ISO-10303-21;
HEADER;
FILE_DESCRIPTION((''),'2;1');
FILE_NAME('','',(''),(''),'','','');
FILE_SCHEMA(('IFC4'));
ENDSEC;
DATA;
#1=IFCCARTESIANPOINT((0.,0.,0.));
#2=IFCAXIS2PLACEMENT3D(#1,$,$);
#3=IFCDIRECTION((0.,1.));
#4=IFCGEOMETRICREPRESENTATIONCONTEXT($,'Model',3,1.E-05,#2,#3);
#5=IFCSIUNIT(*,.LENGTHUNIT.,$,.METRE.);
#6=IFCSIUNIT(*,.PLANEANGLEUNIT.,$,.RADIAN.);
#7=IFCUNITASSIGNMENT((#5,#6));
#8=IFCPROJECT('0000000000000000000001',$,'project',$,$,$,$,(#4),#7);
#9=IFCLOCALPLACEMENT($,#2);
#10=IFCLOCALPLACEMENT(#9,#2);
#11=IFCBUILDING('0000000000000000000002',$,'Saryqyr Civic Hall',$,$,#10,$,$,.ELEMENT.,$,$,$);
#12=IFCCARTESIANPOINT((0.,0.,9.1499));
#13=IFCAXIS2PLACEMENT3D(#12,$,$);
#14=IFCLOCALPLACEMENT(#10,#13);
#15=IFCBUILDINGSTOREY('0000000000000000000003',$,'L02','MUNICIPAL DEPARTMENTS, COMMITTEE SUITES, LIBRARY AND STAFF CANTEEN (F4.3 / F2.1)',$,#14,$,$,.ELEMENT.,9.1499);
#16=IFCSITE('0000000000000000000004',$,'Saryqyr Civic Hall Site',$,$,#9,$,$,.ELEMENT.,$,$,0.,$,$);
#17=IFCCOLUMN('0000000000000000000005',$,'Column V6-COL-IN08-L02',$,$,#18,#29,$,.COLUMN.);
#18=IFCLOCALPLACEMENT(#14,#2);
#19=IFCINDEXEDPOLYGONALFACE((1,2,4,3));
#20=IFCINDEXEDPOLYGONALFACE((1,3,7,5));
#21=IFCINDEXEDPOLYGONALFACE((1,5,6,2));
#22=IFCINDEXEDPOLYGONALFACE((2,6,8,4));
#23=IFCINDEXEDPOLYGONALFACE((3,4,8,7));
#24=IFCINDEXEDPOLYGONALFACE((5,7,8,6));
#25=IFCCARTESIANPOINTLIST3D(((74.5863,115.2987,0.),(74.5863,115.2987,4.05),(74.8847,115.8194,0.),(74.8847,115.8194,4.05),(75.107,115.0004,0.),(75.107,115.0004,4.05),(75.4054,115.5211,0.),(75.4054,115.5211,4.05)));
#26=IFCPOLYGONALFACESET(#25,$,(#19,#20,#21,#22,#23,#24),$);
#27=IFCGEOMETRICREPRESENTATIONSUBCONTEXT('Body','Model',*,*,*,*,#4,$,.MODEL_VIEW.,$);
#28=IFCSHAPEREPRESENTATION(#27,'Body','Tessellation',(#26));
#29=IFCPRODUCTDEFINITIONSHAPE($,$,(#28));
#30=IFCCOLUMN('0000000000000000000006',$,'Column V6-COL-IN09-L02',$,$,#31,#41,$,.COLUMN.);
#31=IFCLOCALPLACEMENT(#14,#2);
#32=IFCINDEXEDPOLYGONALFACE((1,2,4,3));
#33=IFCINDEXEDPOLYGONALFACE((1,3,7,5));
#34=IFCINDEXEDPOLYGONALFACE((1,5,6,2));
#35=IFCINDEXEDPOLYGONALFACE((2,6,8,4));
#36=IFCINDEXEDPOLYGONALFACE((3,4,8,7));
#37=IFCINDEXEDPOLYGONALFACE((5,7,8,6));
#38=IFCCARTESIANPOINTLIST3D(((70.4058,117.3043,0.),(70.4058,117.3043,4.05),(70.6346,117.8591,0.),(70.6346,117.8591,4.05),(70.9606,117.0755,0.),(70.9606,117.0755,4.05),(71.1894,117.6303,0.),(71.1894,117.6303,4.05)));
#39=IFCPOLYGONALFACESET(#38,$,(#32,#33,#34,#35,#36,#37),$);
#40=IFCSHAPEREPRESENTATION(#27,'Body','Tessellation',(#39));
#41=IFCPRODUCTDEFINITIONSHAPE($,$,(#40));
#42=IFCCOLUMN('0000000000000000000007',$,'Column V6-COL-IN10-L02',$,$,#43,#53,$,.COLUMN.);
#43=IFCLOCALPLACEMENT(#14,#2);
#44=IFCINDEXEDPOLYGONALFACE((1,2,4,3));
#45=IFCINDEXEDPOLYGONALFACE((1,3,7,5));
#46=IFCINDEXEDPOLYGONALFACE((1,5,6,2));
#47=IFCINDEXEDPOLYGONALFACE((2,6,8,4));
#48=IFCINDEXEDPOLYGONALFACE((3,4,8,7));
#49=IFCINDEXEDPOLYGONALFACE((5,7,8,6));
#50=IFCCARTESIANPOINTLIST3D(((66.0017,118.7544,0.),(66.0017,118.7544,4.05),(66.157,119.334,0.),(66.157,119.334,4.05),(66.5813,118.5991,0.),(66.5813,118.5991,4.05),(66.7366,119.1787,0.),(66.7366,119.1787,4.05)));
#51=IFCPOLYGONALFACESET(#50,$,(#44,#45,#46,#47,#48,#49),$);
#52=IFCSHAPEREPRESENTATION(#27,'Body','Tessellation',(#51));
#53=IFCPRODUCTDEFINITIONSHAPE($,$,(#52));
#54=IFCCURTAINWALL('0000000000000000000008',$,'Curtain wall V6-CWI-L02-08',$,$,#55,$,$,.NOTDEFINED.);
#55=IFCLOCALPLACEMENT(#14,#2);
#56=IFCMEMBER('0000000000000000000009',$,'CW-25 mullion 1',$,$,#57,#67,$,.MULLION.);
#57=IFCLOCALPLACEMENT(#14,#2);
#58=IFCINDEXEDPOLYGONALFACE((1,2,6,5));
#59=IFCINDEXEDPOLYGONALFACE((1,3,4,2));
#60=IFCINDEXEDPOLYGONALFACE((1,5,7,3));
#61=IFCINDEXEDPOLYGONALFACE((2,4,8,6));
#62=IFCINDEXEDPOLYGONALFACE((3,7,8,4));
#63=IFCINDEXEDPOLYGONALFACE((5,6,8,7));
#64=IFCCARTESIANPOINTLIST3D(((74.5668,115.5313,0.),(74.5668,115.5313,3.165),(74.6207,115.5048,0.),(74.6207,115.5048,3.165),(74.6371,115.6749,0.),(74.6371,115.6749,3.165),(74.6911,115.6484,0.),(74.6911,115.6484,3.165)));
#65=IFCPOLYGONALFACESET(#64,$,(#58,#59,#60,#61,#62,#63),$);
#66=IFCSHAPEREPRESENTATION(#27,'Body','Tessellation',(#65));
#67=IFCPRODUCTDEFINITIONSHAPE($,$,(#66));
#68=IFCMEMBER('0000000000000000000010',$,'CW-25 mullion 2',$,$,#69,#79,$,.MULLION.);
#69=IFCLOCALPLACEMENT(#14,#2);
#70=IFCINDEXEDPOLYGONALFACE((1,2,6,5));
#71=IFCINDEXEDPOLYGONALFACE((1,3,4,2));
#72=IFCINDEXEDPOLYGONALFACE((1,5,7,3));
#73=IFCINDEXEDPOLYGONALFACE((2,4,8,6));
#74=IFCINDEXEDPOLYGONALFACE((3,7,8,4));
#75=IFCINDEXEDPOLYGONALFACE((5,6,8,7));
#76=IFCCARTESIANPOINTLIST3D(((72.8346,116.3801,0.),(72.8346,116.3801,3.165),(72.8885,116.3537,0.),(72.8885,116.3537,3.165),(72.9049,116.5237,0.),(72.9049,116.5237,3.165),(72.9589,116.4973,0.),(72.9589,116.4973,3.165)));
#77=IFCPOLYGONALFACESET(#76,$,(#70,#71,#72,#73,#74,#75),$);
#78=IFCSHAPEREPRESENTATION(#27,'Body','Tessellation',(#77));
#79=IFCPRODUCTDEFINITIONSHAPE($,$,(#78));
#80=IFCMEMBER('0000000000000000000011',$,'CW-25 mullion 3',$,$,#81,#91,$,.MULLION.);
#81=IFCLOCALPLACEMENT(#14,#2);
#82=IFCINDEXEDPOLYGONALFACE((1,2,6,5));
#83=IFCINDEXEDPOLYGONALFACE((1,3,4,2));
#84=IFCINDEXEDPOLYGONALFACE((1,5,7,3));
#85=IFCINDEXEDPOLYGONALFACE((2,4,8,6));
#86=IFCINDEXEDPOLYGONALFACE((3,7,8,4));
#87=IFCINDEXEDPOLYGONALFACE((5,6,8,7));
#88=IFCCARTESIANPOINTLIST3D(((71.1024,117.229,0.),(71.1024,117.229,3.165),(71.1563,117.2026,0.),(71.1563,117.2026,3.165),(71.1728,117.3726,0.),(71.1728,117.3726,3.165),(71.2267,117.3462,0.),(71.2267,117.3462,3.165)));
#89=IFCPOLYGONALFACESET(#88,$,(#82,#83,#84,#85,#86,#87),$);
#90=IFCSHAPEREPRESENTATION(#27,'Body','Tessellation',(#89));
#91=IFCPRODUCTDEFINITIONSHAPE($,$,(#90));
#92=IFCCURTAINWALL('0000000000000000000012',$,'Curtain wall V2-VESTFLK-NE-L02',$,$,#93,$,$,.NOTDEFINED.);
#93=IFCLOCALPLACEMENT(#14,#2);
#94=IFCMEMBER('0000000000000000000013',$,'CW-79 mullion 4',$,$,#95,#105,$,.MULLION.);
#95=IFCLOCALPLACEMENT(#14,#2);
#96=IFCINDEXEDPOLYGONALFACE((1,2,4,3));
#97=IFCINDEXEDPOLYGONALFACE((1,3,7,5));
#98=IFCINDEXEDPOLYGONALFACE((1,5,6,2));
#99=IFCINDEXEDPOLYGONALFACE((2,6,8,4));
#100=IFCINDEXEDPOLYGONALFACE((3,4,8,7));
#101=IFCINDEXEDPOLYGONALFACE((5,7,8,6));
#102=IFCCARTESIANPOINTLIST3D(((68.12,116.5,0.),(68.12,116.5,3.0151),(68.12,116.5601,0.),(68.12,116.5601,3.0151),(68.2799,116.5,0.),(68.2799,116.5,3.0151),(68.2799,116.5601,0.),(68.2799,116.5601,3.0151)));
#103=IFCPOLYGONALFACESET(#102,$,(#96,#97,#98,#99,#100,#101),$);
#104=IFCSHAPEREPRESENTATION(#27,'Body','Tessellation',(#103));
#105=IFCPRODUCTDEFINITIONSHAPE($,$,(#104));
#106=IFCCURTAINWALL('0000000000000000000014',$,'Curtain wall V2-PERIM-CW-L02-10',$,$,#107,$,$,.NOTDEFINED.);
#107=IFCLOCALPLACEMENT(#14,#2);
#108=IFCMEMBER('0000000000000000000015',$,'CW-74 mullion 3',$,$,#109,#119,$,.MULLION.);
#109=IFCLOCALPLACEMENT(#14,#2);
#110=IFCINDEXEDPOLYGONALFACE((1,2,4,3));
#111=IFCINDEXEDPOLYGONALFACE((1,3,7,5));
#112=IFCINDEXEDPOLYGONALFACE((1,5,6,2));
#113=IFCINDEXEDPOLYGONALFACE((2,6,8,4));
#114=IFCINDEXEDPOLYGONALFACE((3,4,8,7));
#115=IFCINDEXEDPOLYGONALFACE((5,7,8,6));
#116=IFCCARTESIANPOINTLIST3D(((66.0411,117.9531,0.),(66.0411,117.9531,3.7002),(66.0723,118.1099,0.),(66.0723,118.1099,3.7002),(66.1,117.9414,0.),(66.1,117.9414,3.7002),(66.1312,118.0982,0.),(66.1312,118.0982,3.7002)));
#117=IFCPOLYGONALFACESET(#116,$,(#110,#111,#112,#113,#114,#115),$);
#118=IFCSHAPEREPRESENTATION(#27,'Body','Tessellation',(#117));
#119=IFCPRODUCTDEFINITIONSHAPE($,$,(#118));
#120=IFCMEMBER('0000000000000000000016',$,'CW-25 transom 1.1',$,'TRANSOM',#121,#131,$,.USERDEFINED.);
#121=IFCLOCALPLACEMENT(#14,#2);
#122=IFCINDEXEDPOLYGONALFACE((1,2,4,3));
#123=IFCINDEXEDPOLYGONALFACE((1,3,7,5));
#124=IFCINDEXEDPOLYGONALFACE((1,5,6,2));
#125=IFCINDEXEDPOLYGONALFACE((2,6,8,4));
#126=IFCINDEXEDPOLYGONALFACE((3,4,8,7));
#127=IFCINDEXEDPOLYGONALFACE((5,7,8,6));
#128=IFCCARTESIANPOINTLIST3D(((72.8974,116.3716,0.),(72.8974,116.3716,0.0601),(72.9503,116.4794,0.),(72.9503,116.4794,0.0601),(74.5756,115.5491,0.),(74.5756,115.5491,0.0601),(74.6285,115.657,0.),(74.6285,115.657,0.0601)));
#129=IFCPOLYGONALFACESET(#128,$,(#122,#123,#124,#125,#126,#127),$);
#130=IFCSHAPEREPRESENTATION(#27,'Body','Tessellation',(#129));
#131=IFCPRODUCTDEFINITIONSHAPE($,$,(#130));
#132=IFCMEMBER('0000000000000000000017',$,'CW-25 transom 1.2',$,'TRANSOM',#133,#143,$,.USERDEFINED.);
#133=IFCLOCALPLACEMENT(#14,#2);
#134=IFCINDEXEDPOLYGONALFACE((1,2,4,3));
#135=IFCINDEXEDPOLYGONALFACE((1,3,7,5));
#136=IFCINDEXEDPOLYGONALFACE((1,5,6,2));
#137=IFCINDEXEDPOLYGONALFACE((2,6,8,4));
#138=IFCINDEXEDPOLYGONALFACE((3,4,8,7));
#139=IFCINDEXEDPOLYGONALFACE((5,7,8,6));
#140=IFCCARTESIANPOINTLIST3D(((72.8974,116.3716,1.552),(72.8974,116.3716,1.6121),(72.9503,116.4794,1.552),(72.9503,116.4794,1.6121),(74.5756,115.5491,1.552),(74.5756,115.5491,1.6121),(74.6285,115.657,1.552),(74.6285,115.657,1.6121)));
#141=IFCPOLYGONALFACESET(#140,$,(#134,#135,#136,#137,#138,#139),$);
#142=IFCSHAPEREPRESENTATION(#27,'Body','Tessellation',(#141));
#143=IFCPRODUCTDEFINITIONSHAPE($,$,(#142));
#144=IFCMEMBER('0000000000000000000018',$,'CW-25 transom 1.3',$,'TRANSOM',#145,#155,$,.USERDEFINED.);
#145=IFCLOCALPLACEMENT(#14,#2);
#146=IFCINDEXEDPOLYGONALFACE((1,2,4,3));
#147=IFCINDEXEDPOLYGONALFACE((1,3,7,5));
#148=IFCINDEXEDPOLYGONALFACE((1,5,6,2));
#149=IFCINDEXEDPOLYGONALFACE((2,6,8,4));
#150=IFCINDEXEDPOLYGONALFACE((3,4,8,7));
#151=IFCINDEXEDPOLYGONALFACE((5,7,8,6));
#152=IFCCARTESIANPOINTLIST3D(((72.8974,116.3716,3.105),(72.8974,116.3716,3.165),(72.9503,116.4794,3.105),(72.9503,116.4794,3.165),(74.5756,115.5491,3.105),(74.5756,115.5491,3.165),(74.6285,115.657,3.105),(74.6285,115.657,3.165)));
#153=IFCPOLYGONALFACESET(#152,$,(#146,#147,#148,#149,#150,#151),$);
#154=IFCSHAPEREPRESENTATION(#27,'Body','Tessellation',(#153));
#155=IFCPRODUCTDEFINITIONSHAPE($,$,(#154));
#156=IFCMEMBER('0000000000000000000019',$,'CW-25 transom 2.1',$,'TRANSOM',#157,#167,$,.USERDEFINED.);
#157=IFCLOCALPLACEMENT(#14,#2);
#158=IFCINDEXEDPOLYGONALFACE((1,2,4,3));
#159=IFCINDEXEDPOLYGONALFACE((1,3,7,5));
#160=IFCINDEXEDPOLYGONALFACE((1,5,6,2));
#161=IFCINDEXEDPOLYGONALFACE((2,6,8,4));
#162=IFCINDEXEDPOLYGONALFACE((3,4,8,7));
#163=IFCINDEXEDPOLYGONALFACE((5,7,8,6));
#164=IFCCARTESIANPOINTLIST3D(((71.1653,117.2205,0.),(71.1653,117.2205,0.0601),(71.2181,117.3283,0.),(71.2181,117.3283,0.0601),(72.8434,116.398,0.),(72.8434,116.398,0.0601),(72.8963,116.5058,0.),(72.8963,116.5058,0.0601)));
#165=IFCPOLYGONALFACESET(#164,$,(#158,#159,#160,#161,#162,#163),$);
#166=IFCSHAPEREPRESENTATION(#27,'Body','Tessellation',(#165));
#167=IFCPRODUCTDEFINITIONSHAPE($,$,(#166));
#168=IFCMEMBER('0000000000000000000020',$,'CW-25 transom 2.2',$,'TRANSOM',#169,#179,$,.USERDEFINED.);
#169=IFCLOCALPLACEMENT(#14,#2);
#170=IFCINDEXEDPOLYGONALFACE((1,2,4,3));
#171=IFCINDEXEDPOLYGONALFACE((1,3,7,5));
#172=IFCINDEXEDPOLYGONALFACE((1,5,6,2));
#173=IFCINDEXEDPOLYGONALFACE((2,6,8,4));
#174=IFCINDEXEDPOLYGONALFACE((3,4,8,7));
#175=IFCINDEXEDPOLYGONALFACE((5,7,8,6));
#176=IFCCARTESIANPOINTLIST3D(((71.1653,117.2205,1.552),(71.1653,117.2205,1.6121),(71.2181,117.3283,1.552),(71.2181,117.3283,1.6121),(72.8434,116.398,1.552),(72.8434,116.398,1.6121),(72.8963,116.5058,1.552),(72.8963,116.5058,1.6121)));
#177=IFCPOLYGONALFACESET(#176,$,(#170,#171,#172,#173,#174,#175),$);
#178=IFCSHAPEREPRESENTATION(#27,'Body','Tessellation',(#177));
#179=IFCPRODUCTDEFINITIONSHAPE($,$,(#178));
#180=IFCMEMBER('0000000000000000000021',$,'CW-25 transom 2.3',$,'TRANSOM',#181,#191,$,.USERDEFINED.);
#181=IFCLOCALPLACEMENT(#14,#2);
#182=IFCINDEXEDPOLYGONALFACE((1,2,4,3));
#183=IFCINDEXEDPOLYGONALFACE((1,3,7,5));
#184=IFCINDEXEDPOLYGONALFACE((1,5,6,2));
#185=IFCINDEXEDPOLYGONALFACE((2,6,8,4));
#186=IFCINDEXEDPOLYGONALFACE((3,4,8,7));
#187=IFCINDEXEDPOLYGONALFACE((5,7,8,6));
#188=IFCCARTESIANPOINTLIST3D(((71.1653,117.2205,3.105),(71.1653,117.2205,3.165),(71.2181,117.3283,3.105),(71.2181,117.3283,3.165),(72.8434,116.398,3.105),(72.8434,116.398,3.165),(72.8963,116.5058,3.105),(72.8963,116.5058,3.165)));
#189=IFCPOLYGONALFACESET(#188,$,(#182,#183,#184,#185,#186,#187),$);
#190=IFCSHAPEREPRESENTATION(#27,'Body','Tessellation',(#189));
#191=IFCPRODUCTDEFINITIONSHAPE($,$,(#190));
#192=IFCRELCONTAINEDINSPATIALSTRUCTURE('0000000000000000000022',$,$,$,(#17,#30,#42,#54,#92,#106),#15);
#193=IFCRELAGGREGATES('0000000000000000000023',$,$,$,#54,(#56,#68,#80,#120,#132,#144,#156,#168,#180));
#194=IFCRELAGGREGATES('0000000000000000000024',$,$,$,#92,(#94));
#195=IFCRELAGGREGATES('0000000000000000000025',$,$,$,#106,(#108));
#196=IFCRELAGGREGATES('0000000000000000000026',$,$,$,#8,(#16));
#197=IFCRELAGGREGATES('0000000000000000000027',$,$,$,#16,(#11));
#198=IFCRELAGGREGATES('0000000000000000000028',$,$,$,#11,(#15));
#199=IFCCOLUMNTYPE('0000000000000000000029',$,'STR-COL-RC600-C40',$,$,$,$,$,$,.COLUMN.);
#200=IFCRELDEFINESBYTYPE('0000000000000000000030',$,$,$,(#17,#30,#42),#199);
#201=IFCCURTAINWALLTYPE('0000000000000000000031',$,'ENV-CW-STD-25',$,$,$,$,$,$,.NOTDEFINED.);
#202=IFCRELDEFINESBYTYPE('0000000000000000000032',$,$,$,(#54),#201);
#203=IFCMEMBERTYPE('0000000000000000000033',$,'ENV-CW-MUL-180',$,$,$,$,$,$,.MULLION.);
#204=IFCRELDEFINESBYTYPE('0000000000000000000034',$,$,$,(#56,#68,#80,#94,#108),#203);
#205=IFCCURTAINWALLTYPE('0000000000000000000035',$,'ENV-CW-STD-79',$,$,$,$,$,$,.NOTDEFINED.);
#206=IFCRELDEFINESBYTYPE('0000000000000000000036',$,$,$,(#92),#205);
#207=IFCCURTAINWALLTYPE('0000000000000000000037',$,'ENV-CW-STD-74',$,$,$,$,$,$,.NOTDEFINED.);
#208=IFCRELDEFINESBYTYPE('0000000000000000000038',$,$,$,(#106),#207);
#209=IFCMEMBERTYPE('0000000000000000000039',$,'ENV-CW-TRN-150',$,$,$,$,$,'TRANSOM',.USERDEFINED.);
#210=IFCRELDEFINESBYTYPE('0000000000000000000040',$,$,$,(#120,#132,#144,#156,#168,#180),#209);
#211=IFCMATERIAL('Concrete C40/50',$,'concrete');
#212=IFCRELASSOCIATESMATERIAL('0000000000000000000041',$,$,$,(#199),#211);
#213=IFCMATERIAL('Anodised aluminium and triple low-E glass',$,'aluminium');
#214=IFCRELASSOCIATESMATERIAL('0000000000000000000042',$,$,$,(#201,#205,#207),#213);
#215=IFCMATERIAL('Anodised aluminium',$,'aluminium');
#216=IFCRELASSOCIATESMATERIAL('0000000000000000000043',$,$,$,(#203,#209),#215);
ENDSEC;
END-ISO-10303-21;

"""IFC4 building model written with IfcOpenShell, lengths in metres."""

from ifc_helpers import new_model, si_unit, direction, frame, origin, origin_2d, place, context, subcontext, project, spatial, rectangle, extrude, material, material_profile, profile_set, type_object, element, aggregate, save


model = new_model("IFC4")

# Units and contexts
model_context = context("Model", 3, precision=1e-05, world=origin(), true_north=direction((0.0, 1.0)))
body_context = subcontext(model_context, "Body", "Model", "MODEL_VIEW")
ifc_project = project(units=[si_unit("LENGTHUNIT", "METRE"), si_unit("PLANEANGLEUNIT", "RADIAN")], contexts=[model_context])

# Site, building, storey
site_placement = place(None, origin())
site = spatial("IfcSite", under=ifc_project, at=site_placement, Name="Saryqyr Civic Hall Site", CompositionType="ELEMENT", RefElevation=0.0)
building_placement = place(site_placement, origin())
building = spatial("IfcBuilding", under=site, at=building_placement, Name="Saryqyr Civic Hall", CompositionType="ELEMENT")
storey_placement = place(building_placement, frame((0.0, 0.0, 9.1499)))
storey = spatial("IfcBuildingStorey", under=building, at=storey_placement, Name="L02", Description="MUNICIPAL DEPARTMENTS, COMMITTEE SUITES, LIBRARY AND STAFF CANTEEN (F4.3 / F2.1)", CompositionType="ELEMENT", Elevation=9.1499)

# Columns
ifc_material_1 = material(Name="Concrete C40/50", Category="concrete")
ifc_material_profile_1 = material_profile(ifc_material_1, rectangle(XDim=0.6001, YDim=0.6001, at=origin_2d()), Name="RC 600x600")
ifc_profile_set_1 = profile_set([ifc_material_profile_1], Name="Concrete C40/50")
column_type = type_object("IfcColumnType", Name="STR-COL-RC600-C40", PredefinedType="COLUMN", material=ifc_profile_set_1)
for number, where, z_axis, x_axis, name in (
    (1, (74.9958, 115.4099, 0.0), (0.0, 0.0, 1.0), (0.497125, 0.867679, 0.0), "Column V6-COL-IN08-L02"),
    (2, (70.7976, 117.4673, 0.0), (0.0, 0.0, 1.0), (0.381232, 0.92448, 0.0), "Column V6-COL-IN09-L02"),
    (3, (66.3691, 118.9666, 0.0), (0.0, 0.0, 1.0), (0.258819, 0.965926, 0.0), "Column V6-COL-IN10-L02"),
):
    element("IfcColumn", number, at=place(storey_placement, frame(where, z_axis=z_axis, x_axis=x_axis)), inside=storey, type_object=column_type, Name=name, PredefinedType="COLUMN", context=body_context, shape_type="SweptSolid", body=[
        extrude(rectangle(XDim=0.6001, YDim=0.6001, at=origin_2d()), origin(), (0.0, 0.0, 1.0), 4.05),
    ])

# Curtain wall, members
ifc_material_2 = material(Name="Anodised aluminium and triple low-E glass", Category="aluminium")
curtain_wall_type_1 = type_object("IfcCurtainWallType", Name="ENV-CW-STD-25", PredefinedType="NOTDEFINED", material=ifc_material_2)
curtain_wall_1_placement = place(storey_placement, origin())
curtain_wall_1 = element("IfcCurtainWall", 4, at=curtain_wall_1_placement, inside=storey, type_object=curtain_wall_type_1, Name="Curtain wall V6-CWI-L02-08", PredefinedType="NOTDEFINED")
ifc_material_3 = material(Name="Anodised aluminium", Category="aluminium")
ifc_material_profile_2 = material_profile(ifc_material_3, rectangle(XDim=0.0601, YDim=0.1599, at=origin_2d()), Name="ALU MULLION 60x160")
ifc_profile_set_2 = profile_set([ifc_material_profile_2], Name="Anodised aluminium")
member_type_1 = type_object("IfcMemberType", Name="ENV-CW-MUL-180", PredefinedType="MULLION", material=ifc_profile_set_2)
member_1_placement = place(storey_placement, frame((74.6289, 115.5898, 0.0), z_axis=(0.0, 0.0, 1.0), x_axis=(-0.897962, 0.440073, 0.0)))
member_1 = element("IfcMember", 5, at=member_1_placement, type_object=member_type_1, Name="CW-25 mullion 1", PredefinedType="MULLION", context=body_context, shape_type="SweptSolid", body=[
    extrude(rectangle(XDim=0.0601, YDim=0.1599, at=origin_2d()), origin(), (0.0, 0.0, 1.0), 3.165),
])
member_2_placement = place(storey_placement, frame((72.8967, 116.4387, 0.0), z_axis=(0.0, 0.0, 1.0), x_axis=(-0.897962, 0.440073, 0.0)))
member_2 = element("IfcMember", 6, at=member_2_placement, type_object=member_type_1, Name="CW-25 mullion 2", PredefinedType="MULLION", context=body_context, shape_type="SweptSolid", body=[
    extrude(rectangle(XDim=0.0601, YDim=0.1599, at=origin_2d()), origin(), (0.0, 0.0, 1.0), 3.165),
])
member_3_placement = place(storey_placement, frame((71.1646, 117.2876, 0.0), z_axis=(0.0, 0.0, 1.0), x_axis=(-0.897962, 0.440073, 0.0)))
member_3 = element("IfcMember", 7, at=member_3_placement, type_object=member_type_1, Name="CW-25 mullion 3", PredefinedType="MULLION", context=body_context, shape_type="SweptSolid", body=[
    extrude(rectangle(XDim=0.0601, YDim=0.1599, at=origin_2d()), origin(), (0.0, 0.0, 1.0), 3.165),
])

# Curtain walls, members
curtain_wall_type_2 = type_object("IfcCurtainWallType", Name="ENV-CW-STD-79", PredefinedType="NOTDEFINED", material=ifc_material_2)
curtain_wall_2_placement = place(storey_placement, origin())
curtain_wall_2 = element("IfcCurtainWall", 8, at=curtain_wall_2_placement, inside=storey, type_object=curtain_wall_type_2, Name="Curtain wall V2-VESTFLK-NE-L02", PredefinedType="NOTDEFINED")
member_4_placement = place(storey_placement, frame((68.2, 116.53, 0.0), z_axis=(0.0, 0.0, 1.0), x_axis=(0.0, -1.0, 0.0)))
member_4 = element("IfcMember", 9, at=member_4_placement, type_object=member_type_1, Name="CW-79 mullion 4", PredefinedType="MULLION", context=body_context, shape_type="SweptSolid", body=[
    extrude(rectangle(XDim=0.0601, YDim=0.1599, at=origin_2d()), origin(), (0.0, 0.0, 1.0), 3.0151),
])
curtain_wall_type_3 = type_object("IfcCurtainWallType", Name="ENV-CW-STD-74", PredefinedType="NOTDEFINED", material=ifc_material_2)
curtain_wall_3_placement = place(storey_placement, origin())
curtain_wall_3 = element("IfcCurtainWall", 10, at=curtain_wall_3_placement, inside=storey, type_object=curtain_wall_type_3, Name="Curtain wall V2-PERIM-CW-L02-10", PredefinedType="NOTDEFINED")
member_5_placement = place(storey_placement, frame((66.0862, 118.0256, 0.0), z_axis=(0.0, 0.0, 1.0), x_axis=(0.980785, -0.195093, 0.0)))
member_5 = element("IfcMember", 11, at=member_5_placement, type_object=member_type_1, Name="CW-74 mullion 3", PredefinedType="MULLION", context=body_context, shape_type="SweptSolid", body=[
    extrude(rectangle(XDim=0.0601, YDim=0.1599, at=origin_2d()), origin(), (0.0, 0.0, 1.0), 3.7002),
])

# Members
ifc_material_profile_3 = material_profile(ifc_material_3, rectangle(XDim=0.1201, YDim=0.0601, at=origin_2d()), Name="ALU TRANSOM 120x60")
ifc_profile_set_3 = profile_set([ifc_material_profile_3], Name="Anodised aluminium")
member_type_2 = type_object("IfcMemberType", Name="ENV-CW-TRN-150", ElementType="TRANSOM", PredefinedType="USERDEFINED", material=ifc_profile_set_3)
member_6_placement = place(storey_placement, frame((74.6021, 115.603, 0.03), z_axis=(-0.897952, 0.440093, 0.0), x_axis=(-0.440093, -0.897952, 0.0)))
member_6 = element("IfcMember", 12, at=member_6_placement, type_object=member_type_2, Name="CW-25 transom 1.1", ObjectType="TRANSOM", PredefinedType="USERDEFINED", context=body_context, shape_type="SweptSolid", body=[
    extrude(rectangle(XDim=0.1201, YDim=0.0601, at=origin_2d()), origin(), (0.0, 0.0, 1.0), 1.8689),
])
member_7_placement = place(storey_placement, frame((74.6021, 115.603, 1.582), z_axis=(-0.897952, 0.440093, 0.0), x_axis=(-0.440093, -0.897952, 0.0)))
member_7 = element("IfcMember", 13, at=member_7_placement, type_object=member_type_2, Name="CW-25 transom 1.2", ObjectType="TRANSOM", PredefinedType="USERDEFINED", context=body_context, shape_type="SweptSolid", body=[
    extrude(rectangle(XDim=0.1201, YDim=0.0601, at=origin_2d()), origin(), (0.0, 0.0, 1.0), 1.8689),
])
member_8_placement = place(storey_placement, frame((74.6021, 115.603, 3.135), z_axis=(-0.897952, 0.440093, 0.0), x_axis=(-0.440093, -0.897952, 0.0)))
member_8 = element("IfcMember", 14, at=member_8_placement, type_object=member_type_2, Name="CW-25 transom 1.3", ObjectType="TRANSOM", PredefinedType="USERDEFINED", context=body_context, shape_type="SweptSolid", body=[
    extrude(rectangle(XDim=0.1201, YDim=0.0601, at=origin_2d()), origin(), (0.0, 0.0, 1.0), 1.8689),
])
member_9_placement = place(storey_placement, frame((72.8699, 116.4519, 0.03), z_axis=(-0.897952, 0.440093, 0.0), x_axis=(-0.440093, -0.897952, 0.0)))
member_9 = element("IfcMember", 15, at=member_9_placement, type_object=member_type_2, Name="CW-25 transom 2.1", ObjectType="TRANSOM", PredefinedType="USERDEFINED", context=body_context, shape_type="SweptSolid", body=[
    extrude(rectangle(XDim=0.1201, YDim=0.0601, at=origin_2d()), origin(), (0.0, 0.0, 1.0), 1.8689),
])
member_10_placement = place(storey_placement, frame((72.8699, 116.4519, 1.582), z_axis=(-0.897952, 0.440093, 0.0), x_axis=(-0.440093, -0.897952, 0.0)))
member_10 = element("IfcMember", 16, at=member_10_placement, type_object=member_type_2, Name="CW-25 transom 2.2", ObjectType="TRANSOM", PredefinedType="USERDEFINED", context=body_context, shape_type="SweptSolid", body=[
    extrude(rectangle(XDim=0.1201, YDim=0.0601, at=origin_2d()), origin(), (0.0, 0.0, 1.0), 1.8689),
])
member_11_placement = place(storey_placement, frame((72.8699, 116.4519, 3.135), z_axis=(-0.897952, 0.440093, 0.0), x_axis=(-0.440093, -0.897952, 0.0)))
member_11 = element("IfcMember", 17, at=member_11_placement, type_object=member_type_2, Name="CW-25 transom 2.3", ObjectType="TRANSOM", PredefinedType="USERDEFINED", context=body_context, shape_type="SweptSolid", body=[
    extrude(rectangle(XDim=0.1201, YDim=0.0601, at=origin_2d()), origin(), (0.0, 0.0, 1.0), 1.8689),
])

aggregate(curtain_wall_1, [member_1, member_2, member_3, member_6, member_7, member_8, member_9, member_10, member_11])
aggregate(curtain_wall_2, [member_4])
aggregate(curtain_wall_3, [member_5])

save(model, "model.ifc")
